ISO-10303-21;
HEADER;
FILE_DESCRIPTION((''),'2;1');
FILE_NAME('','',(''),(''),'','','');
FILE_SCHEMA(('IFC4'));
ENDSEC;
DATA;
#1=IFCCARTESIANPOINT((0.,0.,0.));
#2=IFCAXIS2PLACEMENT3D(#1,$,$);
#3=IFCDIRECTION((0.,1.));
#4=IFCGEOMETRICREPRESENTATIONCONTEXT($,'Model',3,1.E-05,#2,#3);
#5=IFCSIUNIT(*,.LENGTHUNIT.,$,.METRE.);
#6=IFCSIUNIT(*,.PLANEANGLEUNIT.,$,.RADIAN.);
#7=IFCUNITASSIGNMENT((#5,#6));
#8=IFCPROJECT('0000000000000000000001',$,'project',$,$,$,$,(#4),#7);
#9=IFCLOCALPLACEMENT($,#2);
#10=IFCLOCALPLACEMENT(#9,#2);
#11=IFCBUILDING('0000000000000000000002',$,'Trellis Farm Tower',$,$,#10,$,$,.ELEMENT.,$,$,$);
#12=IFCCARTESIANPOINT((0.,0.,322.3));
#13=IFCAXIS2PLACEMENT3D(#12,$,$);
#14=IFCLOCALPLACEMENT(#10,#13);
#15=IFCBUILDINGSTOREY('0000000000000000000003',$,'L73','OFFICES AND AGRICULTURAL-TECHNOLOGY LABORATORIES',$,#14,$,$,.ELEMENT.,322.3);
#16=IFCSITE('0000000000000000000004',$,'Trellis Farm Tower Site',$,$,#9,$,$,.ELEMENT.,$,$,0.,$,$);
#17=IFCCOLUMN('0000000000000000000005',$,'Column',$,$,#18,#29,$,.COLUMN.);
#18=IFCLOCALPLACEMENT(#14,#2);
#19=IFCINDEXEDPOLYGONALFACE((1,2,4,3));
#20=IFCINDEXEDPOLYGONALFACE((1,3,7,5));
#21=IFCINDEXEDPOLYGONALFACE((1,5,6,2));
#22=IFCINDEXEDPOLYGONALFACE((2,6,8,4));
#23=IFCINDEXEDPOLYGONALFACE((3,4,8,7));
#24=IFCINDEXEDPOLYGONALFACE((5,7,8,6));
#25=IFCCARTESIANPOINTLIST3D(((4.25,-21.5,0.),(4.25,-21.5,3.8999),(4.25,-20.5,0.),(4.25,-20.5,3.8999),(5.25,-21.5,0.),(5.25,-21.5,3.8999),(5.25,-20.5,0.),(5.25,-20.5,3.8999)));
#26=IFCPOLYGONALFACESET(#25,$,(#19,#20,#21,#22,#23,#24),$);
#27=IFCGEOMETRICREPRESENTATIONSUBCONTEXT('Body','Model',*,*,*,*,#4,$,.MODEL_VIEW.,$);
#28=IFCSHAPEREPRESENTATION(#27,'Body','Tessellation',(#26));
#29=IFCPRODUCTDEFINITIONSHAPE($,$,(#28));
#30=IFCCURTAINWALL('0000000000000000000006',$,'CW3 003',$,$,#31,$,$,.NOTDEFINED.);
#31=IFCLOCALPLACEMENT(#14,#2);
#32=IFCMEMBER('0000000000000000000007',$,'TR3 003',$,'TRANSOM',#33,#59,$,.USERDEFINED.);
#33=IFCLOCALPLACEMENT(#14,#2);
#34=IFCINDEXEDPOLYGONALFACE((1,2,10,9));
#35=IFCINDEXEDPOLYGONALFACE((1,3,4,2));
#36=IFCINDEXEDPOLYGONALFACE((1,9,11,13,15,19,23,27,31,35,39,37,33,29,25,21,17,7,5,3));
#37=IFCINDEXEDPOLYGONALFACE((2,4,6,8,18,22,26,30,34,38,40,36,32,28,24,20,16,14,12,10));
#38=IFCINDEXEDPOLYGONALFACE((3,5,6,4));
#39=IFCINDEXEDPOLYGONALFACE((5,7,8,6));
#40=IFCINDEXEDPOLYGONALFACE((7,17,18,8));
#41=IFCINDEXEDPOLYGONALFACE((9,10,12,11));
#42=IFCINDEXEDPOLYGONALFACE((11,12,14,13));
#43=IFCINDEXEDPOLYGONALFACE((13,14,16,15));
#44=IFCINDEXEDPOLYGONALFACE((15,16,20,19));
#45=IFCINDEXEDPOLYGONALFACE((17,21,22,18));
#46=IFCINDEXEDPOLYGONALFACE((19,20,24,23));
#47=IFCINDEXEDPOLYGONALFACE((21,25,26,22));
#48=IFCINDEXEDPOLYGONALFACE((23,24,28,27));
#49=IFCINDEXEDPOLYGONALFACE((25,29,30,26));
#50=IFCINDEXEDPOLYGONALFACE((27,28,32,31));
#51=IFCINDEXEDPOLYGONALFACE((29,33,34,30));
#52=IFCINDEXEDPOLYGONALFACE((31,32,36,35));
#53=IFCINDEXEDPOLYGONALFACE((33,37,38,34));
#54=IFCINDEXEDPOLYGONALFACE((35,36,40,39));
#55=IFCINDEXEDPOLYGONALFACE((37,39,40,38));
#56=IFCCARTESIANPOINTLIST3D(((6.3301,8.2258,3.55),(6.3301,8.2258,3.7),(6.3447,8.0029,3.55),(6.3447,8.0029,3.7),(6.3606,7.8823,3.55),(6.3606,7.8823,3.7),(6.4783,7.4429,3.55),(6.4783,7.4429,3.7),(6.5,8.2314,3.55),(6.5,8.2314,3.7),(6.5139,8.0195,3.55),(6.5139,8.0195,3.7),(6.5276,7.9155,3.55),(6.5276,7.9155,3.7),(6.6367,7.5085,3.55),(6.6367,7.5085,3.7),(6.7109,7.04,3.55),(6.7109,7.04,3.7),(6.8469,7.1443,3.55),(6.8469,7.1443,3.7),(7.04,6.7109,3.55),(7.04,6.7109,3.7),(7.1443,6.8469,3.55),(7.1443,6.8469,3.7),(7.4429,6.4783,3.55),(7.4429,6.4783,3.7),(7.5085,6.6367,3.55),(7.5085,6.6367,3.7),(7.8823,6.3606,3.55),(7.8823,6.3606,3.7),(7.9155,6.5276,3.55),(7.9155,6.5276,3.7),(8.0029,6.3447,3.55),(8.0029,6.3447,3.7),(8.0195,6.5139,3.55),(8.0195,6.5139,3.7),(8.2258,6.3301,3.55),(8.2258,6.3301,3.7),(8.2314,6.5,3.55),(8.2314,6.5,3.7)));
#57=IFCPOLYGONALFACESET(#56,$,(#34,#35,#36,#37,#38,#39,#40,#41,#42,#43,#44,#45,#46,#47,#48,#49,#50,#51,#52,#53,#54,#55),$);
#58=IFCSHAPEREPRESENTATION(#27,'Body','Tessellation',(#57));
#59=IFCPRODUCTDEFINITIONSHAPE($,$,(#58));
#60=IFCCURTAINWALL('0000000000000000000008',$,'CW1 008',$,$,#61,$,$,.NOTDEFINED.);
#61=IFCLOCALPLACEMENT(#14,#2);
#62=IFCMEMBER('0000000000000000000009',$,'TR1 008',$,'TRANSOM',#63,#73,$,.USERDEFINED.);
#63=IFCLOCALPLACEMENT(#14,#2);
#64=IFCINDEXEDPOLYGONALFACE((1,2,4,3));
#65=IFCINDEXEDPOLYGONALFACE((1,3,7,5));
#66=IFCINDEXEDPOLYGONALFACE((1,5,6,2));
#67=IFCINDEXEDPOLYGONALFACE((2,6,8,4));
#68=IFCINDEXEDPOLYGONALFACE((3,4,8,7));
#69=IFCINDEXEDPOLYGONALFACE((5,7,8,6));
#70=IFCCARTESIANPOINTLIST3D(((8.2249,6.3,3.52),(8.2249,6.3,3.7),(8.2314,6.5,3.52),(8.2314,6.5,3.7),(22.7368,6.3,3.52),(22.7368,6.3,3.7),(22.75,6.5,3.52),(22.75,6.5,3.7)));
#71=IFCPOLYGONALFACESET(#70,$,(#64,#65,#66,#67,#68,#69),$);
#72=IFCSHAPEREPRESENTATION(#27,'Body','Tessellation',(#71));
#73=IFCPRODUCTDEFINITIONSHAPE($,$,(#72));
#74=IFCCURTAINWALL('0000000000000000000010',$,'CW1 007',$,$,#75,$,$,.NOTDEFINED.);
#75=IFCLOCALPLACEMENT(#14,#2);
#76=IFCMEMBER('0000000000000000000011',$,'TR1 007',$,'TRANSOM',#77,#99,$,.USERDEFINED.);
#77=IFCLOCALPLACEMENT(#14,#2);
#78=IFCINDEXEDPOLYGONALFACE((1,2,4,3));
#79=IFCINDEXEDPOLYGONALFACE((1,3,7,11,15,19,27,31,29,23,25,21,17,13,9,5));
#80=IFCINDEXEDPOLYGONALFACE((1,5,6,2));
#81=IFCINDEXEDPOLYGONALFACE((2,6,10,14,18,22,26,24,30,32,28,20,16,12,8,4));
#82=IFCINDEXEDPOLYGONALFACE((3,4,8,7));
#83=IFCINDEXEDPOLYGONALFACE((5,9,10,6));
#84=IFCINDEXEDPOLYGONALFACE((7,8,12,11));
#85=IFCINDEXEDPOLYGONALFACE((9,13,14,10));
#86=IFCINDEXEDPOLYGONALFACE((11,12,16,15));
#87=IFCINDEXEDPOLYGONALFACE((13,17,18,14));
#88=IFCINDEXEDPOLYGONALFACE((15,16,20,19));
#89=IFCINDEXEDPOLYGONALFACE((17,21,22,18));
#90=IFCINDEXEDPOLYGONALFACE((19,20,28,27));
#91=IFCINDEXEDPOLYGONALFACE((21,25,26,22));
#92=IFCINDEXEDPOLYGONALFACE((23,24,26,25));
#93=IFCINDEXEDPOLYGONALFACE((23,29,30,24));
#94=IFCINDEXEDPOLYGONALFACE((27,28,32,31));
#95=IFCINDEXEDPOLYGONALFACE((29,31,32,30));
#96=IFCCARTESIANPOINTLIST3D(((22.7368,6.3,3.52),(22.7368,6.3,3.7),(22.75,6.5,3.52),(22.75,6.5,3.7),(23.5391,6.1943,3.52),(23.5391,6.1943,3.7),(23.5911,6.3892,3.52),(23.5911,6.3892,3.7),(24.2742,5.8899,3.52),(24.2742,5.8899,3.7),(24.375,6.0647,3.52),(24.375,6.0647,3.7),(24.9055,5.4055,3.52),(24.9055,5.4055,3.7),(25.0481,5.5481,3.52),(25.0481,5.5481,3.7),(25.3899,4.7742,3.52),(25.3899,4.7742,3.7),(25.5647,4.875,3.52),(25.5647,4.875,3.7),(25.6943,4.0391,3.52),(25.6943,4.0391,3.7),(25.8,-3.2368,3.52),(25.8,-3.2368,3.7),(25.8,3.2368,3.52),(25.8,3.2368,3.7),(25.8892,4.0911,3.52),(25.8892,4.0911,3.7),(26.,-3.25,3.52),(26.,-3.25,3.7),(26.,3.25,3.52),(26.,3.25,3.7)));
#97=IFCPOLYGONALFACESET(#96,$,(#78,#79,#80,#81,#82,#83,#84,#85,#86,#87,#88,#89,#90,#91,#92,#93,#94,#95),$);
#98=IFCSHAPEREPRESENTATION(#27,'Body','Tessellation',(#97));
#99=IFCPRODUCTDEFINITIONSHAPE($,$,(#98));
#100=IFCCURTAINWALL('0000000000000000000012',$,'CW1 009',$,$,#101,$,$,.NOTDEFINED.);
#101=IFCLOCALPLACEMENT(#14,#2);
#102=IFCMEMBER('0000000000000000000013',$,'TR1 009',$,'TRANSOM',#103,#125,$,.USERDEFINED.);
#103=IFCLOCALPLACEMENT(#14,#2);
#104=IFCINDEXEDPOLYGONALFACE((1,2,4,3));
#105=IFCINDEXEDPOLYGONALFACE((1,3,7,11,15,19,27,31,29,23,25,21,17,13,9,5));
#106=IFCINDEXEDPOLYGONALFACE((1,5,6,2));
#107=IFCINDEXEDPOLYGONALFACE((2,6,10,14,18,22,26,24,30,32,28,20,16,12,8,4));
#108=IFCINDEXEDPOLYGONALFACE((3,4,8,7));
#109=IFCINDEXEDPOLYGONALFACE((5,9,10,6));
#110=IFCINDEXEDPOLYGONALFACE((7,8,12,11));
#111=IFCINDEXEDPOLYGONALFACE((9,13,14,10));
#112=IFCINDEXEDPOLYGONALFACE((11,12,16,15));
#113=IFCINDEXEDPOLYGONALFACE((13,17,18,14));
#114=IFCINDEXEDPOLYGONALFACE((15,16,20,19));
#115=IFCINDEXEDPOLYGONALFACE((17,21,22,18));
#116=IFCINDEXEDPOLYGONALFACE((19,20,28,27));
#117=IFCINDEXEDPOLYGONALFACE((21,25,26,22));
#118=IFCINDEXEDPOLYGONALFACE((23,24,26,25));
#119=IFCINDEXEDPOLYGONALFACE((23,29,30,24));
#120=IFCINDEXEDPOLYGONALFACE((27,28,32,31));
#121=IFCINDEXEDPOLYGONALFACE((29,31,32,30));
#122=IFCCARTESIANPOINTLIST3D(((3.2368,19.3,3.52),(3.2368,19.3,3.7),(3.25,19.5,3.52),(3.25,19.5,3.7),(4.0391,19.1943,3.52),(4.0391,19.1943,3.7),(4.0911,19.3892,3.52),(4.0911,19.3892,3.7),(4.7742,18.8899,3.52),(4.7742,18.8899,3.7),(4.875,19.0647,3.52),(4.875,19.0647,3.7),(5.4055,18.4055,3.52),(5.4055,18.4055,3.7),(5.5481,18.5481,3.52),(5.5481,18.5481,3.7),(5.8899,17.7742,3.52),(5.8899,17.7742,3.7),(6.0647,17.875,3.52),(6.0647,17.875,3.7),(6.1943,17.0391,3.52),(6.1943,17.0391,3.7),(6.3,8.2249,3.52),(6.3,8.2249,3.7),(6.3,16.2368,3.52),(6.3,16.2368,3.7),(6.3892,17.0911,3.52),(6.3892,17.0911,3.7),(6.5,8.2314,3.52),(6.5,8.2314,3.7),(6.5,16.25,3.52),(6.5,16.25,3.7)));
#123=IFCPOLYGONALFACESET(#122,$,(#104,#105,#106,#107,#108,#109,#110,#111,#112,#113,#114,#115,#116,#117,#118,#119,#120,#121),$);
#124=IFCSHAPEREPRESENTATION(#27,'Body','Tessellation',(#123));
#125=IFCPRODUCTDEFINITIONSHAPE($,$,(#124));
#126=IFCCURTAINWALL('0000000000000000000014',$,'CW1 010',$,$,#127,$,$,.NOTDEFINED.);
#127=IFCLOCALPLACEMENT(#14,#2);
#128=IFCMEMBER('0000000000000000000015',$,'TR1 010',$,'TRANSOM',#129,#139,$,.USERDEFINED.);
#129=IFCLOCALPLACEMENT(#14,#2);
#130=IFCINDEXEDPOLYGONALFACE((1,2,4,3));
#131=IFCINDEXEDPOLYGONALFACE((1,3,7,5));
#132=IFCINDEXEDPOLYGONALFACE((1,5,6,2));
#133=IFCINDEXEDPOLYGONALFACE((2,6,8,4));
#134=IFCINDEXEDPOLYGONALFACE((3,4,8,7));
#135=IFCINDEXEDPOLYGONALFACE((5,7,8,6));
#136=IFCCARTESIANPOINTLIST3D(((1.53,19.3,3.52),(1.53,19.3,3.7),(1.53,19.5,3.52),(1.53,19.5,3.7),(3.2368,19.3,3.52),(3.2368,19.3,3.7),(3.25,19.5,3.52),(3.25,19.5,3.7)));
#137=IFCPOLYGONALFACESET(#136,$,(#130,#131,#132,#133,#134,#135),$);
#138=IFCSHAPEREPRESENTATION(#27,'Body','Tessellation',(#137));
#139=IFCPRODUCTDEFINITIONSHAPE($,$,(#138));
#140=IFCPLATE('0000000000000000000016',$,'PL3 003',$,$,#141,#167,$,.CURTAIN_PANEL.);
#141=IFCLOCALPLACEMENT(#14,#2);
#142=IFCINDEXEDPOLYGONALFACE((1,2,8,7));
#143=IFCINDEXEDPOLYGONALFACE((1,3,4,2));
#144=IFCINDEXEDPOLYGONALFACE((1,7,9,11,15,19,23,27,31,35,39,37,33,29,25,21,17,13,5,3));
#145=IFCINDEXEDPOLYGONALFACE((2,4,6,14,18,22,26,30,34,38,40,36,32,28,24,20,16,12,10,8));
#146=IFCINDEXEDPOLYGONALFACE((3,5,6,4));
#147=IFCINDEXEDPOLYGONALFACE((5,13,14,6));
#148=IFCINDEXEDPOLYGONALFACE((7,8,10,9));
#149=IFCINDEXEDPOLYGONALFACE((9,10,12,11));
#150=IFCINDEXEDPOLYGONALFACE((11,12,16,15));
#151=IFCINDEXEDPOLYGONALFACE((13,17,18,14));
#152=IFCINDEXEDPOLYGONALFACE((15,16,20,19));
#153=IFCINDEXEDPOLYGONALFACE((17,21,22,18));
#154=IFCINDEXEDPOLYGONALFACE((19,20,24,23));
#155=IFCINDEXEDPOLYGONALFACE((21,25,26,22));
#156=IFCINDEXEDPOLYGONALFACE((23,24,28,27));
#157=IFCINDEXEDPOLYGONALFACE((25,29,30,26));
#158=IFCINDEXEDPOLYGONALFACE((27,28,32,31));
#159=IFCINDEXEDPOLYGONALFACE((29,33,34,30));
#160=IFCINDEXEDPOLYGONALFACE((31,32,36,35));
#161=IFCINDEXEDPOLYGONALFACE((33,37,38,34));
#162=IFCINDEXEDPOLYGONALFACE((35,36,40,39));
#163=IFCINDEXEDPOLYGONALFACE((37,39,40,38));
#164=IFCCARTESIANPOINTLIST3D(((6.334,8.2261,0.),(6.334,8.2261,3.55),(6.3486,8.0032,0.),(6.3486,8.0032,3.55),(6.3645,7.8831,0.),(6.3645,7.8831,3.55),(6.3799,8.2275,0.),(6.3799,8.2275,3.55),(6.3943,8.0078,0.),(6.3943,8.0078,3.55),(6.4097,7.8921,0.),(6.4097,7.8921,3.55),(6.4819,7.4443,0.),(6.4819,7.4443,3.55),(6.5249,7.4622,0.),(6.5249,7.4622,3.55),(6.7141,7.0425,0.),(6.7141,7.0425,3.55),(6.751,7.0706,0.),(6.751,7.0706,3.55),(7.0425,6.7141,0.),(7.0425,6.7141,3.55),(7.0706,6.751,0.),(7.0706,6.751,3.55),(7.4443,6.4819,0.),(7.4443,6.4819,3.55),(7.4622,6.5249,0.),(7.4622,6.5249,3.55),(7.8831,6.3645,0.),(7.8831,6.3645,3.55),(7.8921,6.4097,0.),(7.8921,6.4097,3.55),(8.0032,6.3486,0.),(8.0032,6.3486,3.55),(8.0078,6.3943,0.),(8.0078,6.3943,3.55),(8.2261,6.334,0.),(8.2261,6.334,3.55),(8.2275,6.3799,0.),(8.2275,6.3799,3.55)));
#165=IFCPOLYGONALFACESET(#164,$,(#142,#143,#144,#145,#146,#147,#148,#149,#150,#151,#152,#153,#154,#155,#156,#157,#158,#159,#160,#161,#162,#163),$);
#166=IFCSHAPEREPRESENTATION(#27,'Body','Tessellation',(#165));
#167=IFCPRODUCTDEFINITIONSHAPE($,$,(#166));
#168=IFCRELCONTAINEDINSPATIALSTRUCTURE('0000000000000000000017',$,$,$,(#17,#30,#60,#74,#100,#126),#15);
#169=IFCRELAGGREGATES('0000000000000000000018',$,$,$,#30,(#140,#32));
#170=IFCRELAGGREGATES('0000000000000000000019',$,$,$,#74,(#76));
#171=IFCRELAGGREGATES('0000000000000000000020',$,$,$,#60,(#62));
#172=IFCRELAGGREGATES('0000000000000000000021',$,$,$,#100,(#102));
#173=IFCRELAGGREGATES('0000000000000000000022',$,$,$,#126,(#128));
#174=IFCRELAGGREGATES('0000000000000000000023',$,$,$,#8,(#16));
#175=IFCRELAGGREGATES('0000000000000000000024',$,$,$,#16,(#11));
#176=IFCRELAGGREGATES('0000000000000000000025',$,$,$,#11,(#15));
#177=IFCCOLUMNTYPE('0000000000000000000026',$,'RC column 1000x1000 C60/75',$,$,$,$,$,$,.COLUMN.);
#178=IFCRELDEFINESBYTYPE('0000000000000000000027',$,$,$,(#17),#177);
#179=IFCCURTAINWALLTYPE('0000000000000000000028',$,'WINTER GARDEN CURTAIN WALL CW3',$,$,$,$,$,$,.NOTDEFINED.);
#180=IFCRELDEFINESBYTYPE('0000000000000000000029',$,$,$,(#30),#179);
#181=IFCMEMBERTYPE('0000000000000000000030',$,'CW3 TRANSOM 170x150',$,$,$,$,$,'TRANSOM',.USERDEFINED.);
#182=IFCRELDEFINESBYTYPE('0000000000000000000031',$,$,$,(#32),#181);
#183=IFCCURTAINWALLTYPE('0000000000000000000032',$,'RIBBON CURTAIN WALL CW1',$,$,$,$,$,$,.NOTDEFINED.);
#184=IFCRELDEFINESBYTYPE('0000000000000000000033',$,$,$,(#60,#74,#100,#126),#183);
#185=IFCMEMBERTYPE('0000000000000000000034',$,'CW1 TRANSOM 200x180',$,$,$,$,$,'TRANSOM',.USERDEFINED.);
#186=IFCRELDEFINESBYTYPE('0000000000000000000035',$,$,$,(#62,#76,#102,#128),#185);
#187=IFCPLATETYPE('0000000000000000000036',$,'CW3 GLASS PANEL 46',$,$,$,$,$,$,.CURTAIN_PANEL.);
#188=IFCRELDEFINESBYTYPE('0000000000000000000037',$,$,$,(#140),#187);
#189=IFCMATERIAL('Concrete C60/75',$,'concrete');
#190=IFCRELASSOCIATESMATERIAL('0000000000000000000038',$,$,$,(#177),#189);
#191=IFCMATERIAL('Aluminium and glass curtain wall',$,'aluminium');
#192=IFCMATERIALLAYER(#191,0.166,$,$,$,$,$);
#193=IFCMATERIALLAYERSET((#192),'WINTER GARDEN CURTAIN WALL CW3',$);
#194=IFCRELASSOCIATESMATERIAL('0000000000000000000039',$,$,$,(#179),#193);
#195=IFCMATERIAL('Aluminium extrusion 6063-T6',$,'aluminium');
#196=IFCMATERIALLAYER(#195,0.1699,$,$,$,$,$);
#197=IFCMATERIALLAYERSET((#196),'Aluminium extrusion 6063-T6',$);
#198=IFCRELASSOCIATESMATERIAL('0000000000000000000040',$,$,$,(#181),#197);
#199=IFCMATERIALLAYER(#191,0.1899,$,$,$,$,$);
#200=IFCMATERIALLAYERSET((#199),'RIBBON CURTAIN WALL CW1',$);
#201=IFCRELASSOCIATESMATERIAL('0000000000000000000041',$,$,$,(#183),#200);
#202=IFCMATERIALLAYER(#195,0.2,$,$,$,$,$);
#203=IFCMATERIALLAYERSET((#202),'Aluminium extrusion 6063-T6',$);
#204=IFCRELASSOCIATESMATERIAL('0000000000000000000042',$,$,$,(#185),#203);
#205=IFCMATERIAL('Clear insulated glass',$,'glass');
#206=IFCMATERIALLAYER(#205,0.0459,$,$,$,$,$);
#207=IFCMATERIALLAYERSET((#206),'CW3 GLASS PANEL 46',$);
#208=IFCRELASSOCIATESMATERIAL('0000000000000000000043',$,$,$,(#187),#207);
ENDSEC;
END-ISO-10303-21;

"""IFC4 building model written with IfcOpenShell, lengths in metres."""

from ifc_helpers import new_model, si_unit, direction, frame, origin, origin_2d, place, context, subcontext, project, spatial, polyline, rectangle, outline, extrude, source, transform, mapped, material, layer, layer_set, material_profile, profile_set, type_object, element, aggregate, save


model = new_model("IFC4")

# Units and contexts
model_context = context("Model", 3, precision=1e-05, world=origin(), true_north=direction((0.0, 1.0)))
body_context = subcontext(model_context, "Body", "Model", "MODEL_VIEW")
ifc_project = project(units=[si_unit("LENGTHUNIT", "METRE"), si_unit("PLANEANGLEUNIT", "RADIAN")], contexts=[model_context])

# Site, building, storey
site_placement = place(None, origin())
site = spatial("IfcSite", under=ifc_project, at=site_placement, Name="Trellis Farm Tower Site", CompositionType="ELEMENT", RefElevation=0.0)
building_placement = place(site_placement, origin())
building = spatial("IfcBuilding", under=site, at=building_placement, Name="Trellis Farm Tower", CompositionType="ELEMENT")
storey_placement = place(building_placement, frame((0.0, 0.0, 322.3)))
storey = spatial("IfcBuildingStorey", under=building, at=storey_placement, Name="L73", Description="OFFICES AND AGRICULTURAL-TECHNOLOGY LABORATORIES", CompositionType="ELEMENT", Elevation=322.3)

# Column
ifc_material_1 = material(Name="Concrete C60/75", Category="concrete")
ifc_material_profile = material_profile(ifc_material_1, rectangle(XDim=1.0, YDim=1.0, at=origin_2d()), Name="RC column 1000x1000 C60/75")
ifc_profile_set = profile_set([ifc_material_profile], Name="Concrete C60/75")
column_type = type_object("IfcColumnType", Name="RC column 1000x1000 C60/75", PredefinedType="COLUMN", material=ifc_profile_set)
shared_shape_1 = source(origin(), body_context, "Body", "SweptSolid", [
    extrude(rectangle(XDim=1.0, YDim=1.0, at=origin_2d()), origin(), (0.0, 0.0, 1.0), 3.8999),
])
column_placement = place(storey_placement, frame((4.75, -21.0, 0.0), z_axis=(0.0, 0.0, 1.0), x_axis=(1.0, 0.0, 0.0)))
element("IfcColumn", 1, at=column_placement, inside=storey, type_object=column_type, Name="Column", PredefinedType="COLUMN", context=body_context, shape_type="MappedRepresentation", body=[
    mapped(shared_shape_1, transform((0.0, 0.0, 0.0))),
])

# Curtain walls, members
ifc_material_2 = material(Name="Aluminium and glass curtain wall", Category="aluminium")
ifc_layer_1 = layer(ifc_material_2, 0.166)
ifc_layer_set_1 = layer_set([ifc_layer_1], Name="WINTER GARDEN CURTAIN WALL CW3")
curtain_wall_type_1 = type_object("IfcCurtainWallType", Name="WINTER GARDEN CURTAIN WALL CW3", PredefinedType="NOTDEFINED", material=ifc_layer_set_1)
placement_1 = place(storey_placement, origin())
curtain_wall_1 = element("IfcCurtainWall", 2, at=placement_1, inside=storey, type_object=curtain_wall_type_1, Name="CW3 003", PredefinedType="NOTDEFINED")
ifc_material_3 = material(Name="Aluminium extrusion 6063-T6", Category="aluminium")
ifc_layer_2 = layer(ifc_material_3, 0.1699)
ifc_layer_set_2 = layer_set([ifc_layer_2], Name="Aluminium extrusion 6063-T6")
member_type_1 = type_object("IfcMemberType", Name="CW3 TRANSOM 170x150", ElementType="TRANSOM", PredefinedType="USERDEFINED", material=ifc_layer_set_2)
shared_shape_2 = source(origin(), body_context, "Body", "SweptSolid", [
    extrude(outline(polyline([(8.2314, 6.5), (8.0195, 6.5139), (7.9155, 6.5276), (7.5085, 6.6367), (7.1443, 6.8469), (6.8469, 7.1443), (6.6367, 7.5085), (6.5276, 7.9155), (6.5139, 8.0195), (6.5, 8.2314), (6.3301, 8.2258), (6.3447, 8.0029), (6.3606, 7.8823), (6.4783, 7.4429), (6.7109, 7.04), (7.04, 6.7109), (7.4429, 6.4783), (7.8823, 6.3606), (8.0029, 6.3447), (8.2258, 6.3301), (8.2314, 6.5)])), origin(), (0.0, 0.0, 1.0), 0.1499),
])
member_1_placement = place(storey_placement, frame((0.0, 0.0, 3.55)))
member_1 = element("IfcMember", 3, at=member_1_placement, type_object=member_type_1, Name="TR3 003", ObjectType="TRANSOM", PredefinedType="USERDEFINED", context=body_context, shape_type="MappedRepresentation", body=[
    mapped(shared_shape_2, transform((0.0, 0.0, 0.0))),
])
ifc_layer_3 = layer(ifc_material_2, 0.1899)
ifc_layer_set_3 = layer_set([ifc_layer_3], Name="RIBBON CURTAIN WALL CW1")
curtain_wall_type_2 = type_object("IfcCurtainWallType", Name="RIBBON CURTAIN WALL CW1", PredefinedType="NOTDEFINED", material=ifc_layer_set_3)
curtain_wall_2 = element("IfcCurtainWall", 4, at=placement_1, inside=storey, type_object=curtain_wall_type_2, Name="CW1 008", PredefinedType="NOTDEFINED")
ifc_layer_4 = layer(ifc_material_3, 0.2)
ifc_layer_set_4 = layer_set([ifc_layer_4], Name="Aluminium extrusion 6063-T6")
member_type_2 = type_object("IfcMemberType", Name="CW1 TRANSOM 200x180", ElementType="TRANSOM", PredefinedType="USERDEFINED", material=ifc_layer_set_4)
shared_shape_3 = source(origin(), body_context, "Body", "SweptSolid", [
    extrude(outline(polyline([(22.75, 6.5), (8.2314, 6.5), (8.2249, 6.3), (22.7368, 6.3), (22.75, 6.5)])), origin(), (0.0, 0.0, 1.0), 0.1799),
])
placement_2 = place(storey_placement, frame((0.0, 0.0, 3.52)))
member_2 = element("IfcMember", 5, at=placement_2, type_object=member_type_2, Name="TR1 008", ObjectType="TRANSOM", PredefinedType="USERDEFINED", context=body_context, shape_type="MappedRepresentation", body=[
    mapped(shared_shape_3, transform((0.0, 0.0, 0.0))),
])
curtain_wall_3 = element("IfcCurtainWall", 6, at=placement_1, inside=storey, type_object=curtain_wall_type_2, Name="CW1 007", PredefinedType="NOTDEFINED")
shared_shape_4 = source(origin(), body_context, "Body", "SweptSolid", [
    extrude(outline(polyline([(26.0, -3.25), (26.0, 3.25), (25.8892, 4.0911), (25.5647, 4.875), (25.0481, 5.5481), (24.375, 6.0647), (23.5911, 6.3892), (22.75, 6.5), (22.7368, 6.3), (23.5391, 6.1943), (24.2742, 5.8899), (24.9055, 5.4055), (25.3899, 4.7742), (25.6943, 4.0391), (25.8, 3.2368), (25.8, -3.2368), (26.0, -3.25)])), origin(), (0.0, 0.0, 1.0), 0.1799),
])
member_3 = element("IfcMember", 7, at=placement_2, type_object=member_type_2, Name="TR1 007", ObjectType="TRANSOM", PredefinedType="USERDEFINED", context=body_context, shape_type="MappedRepresentation", body=[
    mapped(shared_shape_4, transform((0.0, 0.0, 0.0))),
])
curtain_wall_4 = element("IfcCurtainWall", 8, at=placement_1, inside=storey, type_object=curtain_wall_type_2, Name="CW1 009", PredefinedType="NOTDEFINED")
shared_shape_5 = source(origin(), body_context, "Body", "SweptSolid", [
    extrude(outline(polyline([(6.5, 8.2314), (6.5, 16.25), (6.3892, 17.0911), (6.0647, 17.875), (5.5481, 18.5481), (4.875, 19.0647), (4.0911, 19.3892), (3.25, 19.5), (3.2368, 19.3), (4.0391, 19.1943), (4.7742, 18.8899), (5.4055, 18.4055), (5.8899, 17.7742), (6.1943, 17.0391), (6.3, 16.2368), (6.3, 8.2249), (6.5, 8.2314)])), origin(), (0.0, 0.0, 1.0), 0.1799),
])
member_4 = element("IfcMember", 9, at=placement_2, type_object=member_type_2, Name="TR1 009", ObjectType="TRANSOM", PredefinedType="USERDEFINED", context=body_context, shape_type="MappedRepresentation", body=[
    mapped(shared_shape_5, transform((0.0, 0.0, 0.0))),
])
curtain_wall_5 = element("IfcCurtainWall", 10, at=placement_1, inside=storey, type_object=curtain_wall_type_2, Name="CW1 010", PredefinedType="NOTDEFINED")
shared_shape_6 = source(origin(), body_context, "Body", "SweptSolid", [
    extrude(outline(polyline([(3.25, 19.5), (1.53, 19.5), (1.53, 19.3), (3.2368, 19.3), (3.25, 19.5)])), origin(), (0.0, 0.0, 1.0), 0.1799),
])
member_5 = element("IfcMember", 11, at=placement_2, type_object=member_type_2, Name="TR1 010", ObjectType="TRANSOM", PredefinedType="USERDEFINED", context=body_context, shape_type="MappedRepresentation", body=[
    mapped(shared_shape_6, transform((0.0, 0.0, 0.0))),
])

# Plate
ifc_material_4 = material(Name="Clear insulated glass", Category="glass")
ifc_layer_5 = layer(ifc_material_4, 0.0459)
ifc_layer_set_5 = layer_set([ifc_layer_5], Name="CW3 GLASS PANEL 46")
plate_type_1 = type_object("IfcPlateType", Name="CW3 GLASS PANEL 46", PredefinedType="CURTAIN_PANEL", material=ifc_layer_set_5)
shared_shape_7 = source(origin(), body_context, "Body", "SweptSolid", [
    extrude(outline(polyline([(8.2275, 6.3799), (8.0078, 6.3943), (7.8921, 6.4097), (7.4622, 6.5249), (7.0706, 6.751), (6.751, 7.0706), (6.5249, 7.4622), (6.4097, 7.8921), (6.3943, 8.0078), (6.3799, 8.2275), (6.334, 8.2261), (6.3486, 8.0032), (6.3645, 7.8831), (6.4819, 7.4443), (6.7141, 7.0425), (7.0425, 6.7141), (7.4443, 6.4819), (7.8831, 6.3645), (8.0032, 6.3486), (8.2261, 6.334), (8.2275, 6.3799)])), origin(), (0.0, 0.0, 1.0), 3.55),
])
plate_1 = element("IfcPlate", 12, at=placement_1, type_object=plate_type_1, Name="PL3 003", PredefinedType="CURTAIN_PANEL", context=body_context, shape_type="MappedRepresentation", body=[
    mapped(shared_shape_7, transform((0.0, 0.0, 0.0))),
])
aggregate(curtain_wall_1, [plate_1, member_1])
aggregate(curtain_wall_3, [member_3])
aggregate(curtain_wall_2, [member_2])
aggregate(curtain_wall_4, [member_4])
aggregate(curtain_wall_5, [member_5])

save(model, "model.ifc")
